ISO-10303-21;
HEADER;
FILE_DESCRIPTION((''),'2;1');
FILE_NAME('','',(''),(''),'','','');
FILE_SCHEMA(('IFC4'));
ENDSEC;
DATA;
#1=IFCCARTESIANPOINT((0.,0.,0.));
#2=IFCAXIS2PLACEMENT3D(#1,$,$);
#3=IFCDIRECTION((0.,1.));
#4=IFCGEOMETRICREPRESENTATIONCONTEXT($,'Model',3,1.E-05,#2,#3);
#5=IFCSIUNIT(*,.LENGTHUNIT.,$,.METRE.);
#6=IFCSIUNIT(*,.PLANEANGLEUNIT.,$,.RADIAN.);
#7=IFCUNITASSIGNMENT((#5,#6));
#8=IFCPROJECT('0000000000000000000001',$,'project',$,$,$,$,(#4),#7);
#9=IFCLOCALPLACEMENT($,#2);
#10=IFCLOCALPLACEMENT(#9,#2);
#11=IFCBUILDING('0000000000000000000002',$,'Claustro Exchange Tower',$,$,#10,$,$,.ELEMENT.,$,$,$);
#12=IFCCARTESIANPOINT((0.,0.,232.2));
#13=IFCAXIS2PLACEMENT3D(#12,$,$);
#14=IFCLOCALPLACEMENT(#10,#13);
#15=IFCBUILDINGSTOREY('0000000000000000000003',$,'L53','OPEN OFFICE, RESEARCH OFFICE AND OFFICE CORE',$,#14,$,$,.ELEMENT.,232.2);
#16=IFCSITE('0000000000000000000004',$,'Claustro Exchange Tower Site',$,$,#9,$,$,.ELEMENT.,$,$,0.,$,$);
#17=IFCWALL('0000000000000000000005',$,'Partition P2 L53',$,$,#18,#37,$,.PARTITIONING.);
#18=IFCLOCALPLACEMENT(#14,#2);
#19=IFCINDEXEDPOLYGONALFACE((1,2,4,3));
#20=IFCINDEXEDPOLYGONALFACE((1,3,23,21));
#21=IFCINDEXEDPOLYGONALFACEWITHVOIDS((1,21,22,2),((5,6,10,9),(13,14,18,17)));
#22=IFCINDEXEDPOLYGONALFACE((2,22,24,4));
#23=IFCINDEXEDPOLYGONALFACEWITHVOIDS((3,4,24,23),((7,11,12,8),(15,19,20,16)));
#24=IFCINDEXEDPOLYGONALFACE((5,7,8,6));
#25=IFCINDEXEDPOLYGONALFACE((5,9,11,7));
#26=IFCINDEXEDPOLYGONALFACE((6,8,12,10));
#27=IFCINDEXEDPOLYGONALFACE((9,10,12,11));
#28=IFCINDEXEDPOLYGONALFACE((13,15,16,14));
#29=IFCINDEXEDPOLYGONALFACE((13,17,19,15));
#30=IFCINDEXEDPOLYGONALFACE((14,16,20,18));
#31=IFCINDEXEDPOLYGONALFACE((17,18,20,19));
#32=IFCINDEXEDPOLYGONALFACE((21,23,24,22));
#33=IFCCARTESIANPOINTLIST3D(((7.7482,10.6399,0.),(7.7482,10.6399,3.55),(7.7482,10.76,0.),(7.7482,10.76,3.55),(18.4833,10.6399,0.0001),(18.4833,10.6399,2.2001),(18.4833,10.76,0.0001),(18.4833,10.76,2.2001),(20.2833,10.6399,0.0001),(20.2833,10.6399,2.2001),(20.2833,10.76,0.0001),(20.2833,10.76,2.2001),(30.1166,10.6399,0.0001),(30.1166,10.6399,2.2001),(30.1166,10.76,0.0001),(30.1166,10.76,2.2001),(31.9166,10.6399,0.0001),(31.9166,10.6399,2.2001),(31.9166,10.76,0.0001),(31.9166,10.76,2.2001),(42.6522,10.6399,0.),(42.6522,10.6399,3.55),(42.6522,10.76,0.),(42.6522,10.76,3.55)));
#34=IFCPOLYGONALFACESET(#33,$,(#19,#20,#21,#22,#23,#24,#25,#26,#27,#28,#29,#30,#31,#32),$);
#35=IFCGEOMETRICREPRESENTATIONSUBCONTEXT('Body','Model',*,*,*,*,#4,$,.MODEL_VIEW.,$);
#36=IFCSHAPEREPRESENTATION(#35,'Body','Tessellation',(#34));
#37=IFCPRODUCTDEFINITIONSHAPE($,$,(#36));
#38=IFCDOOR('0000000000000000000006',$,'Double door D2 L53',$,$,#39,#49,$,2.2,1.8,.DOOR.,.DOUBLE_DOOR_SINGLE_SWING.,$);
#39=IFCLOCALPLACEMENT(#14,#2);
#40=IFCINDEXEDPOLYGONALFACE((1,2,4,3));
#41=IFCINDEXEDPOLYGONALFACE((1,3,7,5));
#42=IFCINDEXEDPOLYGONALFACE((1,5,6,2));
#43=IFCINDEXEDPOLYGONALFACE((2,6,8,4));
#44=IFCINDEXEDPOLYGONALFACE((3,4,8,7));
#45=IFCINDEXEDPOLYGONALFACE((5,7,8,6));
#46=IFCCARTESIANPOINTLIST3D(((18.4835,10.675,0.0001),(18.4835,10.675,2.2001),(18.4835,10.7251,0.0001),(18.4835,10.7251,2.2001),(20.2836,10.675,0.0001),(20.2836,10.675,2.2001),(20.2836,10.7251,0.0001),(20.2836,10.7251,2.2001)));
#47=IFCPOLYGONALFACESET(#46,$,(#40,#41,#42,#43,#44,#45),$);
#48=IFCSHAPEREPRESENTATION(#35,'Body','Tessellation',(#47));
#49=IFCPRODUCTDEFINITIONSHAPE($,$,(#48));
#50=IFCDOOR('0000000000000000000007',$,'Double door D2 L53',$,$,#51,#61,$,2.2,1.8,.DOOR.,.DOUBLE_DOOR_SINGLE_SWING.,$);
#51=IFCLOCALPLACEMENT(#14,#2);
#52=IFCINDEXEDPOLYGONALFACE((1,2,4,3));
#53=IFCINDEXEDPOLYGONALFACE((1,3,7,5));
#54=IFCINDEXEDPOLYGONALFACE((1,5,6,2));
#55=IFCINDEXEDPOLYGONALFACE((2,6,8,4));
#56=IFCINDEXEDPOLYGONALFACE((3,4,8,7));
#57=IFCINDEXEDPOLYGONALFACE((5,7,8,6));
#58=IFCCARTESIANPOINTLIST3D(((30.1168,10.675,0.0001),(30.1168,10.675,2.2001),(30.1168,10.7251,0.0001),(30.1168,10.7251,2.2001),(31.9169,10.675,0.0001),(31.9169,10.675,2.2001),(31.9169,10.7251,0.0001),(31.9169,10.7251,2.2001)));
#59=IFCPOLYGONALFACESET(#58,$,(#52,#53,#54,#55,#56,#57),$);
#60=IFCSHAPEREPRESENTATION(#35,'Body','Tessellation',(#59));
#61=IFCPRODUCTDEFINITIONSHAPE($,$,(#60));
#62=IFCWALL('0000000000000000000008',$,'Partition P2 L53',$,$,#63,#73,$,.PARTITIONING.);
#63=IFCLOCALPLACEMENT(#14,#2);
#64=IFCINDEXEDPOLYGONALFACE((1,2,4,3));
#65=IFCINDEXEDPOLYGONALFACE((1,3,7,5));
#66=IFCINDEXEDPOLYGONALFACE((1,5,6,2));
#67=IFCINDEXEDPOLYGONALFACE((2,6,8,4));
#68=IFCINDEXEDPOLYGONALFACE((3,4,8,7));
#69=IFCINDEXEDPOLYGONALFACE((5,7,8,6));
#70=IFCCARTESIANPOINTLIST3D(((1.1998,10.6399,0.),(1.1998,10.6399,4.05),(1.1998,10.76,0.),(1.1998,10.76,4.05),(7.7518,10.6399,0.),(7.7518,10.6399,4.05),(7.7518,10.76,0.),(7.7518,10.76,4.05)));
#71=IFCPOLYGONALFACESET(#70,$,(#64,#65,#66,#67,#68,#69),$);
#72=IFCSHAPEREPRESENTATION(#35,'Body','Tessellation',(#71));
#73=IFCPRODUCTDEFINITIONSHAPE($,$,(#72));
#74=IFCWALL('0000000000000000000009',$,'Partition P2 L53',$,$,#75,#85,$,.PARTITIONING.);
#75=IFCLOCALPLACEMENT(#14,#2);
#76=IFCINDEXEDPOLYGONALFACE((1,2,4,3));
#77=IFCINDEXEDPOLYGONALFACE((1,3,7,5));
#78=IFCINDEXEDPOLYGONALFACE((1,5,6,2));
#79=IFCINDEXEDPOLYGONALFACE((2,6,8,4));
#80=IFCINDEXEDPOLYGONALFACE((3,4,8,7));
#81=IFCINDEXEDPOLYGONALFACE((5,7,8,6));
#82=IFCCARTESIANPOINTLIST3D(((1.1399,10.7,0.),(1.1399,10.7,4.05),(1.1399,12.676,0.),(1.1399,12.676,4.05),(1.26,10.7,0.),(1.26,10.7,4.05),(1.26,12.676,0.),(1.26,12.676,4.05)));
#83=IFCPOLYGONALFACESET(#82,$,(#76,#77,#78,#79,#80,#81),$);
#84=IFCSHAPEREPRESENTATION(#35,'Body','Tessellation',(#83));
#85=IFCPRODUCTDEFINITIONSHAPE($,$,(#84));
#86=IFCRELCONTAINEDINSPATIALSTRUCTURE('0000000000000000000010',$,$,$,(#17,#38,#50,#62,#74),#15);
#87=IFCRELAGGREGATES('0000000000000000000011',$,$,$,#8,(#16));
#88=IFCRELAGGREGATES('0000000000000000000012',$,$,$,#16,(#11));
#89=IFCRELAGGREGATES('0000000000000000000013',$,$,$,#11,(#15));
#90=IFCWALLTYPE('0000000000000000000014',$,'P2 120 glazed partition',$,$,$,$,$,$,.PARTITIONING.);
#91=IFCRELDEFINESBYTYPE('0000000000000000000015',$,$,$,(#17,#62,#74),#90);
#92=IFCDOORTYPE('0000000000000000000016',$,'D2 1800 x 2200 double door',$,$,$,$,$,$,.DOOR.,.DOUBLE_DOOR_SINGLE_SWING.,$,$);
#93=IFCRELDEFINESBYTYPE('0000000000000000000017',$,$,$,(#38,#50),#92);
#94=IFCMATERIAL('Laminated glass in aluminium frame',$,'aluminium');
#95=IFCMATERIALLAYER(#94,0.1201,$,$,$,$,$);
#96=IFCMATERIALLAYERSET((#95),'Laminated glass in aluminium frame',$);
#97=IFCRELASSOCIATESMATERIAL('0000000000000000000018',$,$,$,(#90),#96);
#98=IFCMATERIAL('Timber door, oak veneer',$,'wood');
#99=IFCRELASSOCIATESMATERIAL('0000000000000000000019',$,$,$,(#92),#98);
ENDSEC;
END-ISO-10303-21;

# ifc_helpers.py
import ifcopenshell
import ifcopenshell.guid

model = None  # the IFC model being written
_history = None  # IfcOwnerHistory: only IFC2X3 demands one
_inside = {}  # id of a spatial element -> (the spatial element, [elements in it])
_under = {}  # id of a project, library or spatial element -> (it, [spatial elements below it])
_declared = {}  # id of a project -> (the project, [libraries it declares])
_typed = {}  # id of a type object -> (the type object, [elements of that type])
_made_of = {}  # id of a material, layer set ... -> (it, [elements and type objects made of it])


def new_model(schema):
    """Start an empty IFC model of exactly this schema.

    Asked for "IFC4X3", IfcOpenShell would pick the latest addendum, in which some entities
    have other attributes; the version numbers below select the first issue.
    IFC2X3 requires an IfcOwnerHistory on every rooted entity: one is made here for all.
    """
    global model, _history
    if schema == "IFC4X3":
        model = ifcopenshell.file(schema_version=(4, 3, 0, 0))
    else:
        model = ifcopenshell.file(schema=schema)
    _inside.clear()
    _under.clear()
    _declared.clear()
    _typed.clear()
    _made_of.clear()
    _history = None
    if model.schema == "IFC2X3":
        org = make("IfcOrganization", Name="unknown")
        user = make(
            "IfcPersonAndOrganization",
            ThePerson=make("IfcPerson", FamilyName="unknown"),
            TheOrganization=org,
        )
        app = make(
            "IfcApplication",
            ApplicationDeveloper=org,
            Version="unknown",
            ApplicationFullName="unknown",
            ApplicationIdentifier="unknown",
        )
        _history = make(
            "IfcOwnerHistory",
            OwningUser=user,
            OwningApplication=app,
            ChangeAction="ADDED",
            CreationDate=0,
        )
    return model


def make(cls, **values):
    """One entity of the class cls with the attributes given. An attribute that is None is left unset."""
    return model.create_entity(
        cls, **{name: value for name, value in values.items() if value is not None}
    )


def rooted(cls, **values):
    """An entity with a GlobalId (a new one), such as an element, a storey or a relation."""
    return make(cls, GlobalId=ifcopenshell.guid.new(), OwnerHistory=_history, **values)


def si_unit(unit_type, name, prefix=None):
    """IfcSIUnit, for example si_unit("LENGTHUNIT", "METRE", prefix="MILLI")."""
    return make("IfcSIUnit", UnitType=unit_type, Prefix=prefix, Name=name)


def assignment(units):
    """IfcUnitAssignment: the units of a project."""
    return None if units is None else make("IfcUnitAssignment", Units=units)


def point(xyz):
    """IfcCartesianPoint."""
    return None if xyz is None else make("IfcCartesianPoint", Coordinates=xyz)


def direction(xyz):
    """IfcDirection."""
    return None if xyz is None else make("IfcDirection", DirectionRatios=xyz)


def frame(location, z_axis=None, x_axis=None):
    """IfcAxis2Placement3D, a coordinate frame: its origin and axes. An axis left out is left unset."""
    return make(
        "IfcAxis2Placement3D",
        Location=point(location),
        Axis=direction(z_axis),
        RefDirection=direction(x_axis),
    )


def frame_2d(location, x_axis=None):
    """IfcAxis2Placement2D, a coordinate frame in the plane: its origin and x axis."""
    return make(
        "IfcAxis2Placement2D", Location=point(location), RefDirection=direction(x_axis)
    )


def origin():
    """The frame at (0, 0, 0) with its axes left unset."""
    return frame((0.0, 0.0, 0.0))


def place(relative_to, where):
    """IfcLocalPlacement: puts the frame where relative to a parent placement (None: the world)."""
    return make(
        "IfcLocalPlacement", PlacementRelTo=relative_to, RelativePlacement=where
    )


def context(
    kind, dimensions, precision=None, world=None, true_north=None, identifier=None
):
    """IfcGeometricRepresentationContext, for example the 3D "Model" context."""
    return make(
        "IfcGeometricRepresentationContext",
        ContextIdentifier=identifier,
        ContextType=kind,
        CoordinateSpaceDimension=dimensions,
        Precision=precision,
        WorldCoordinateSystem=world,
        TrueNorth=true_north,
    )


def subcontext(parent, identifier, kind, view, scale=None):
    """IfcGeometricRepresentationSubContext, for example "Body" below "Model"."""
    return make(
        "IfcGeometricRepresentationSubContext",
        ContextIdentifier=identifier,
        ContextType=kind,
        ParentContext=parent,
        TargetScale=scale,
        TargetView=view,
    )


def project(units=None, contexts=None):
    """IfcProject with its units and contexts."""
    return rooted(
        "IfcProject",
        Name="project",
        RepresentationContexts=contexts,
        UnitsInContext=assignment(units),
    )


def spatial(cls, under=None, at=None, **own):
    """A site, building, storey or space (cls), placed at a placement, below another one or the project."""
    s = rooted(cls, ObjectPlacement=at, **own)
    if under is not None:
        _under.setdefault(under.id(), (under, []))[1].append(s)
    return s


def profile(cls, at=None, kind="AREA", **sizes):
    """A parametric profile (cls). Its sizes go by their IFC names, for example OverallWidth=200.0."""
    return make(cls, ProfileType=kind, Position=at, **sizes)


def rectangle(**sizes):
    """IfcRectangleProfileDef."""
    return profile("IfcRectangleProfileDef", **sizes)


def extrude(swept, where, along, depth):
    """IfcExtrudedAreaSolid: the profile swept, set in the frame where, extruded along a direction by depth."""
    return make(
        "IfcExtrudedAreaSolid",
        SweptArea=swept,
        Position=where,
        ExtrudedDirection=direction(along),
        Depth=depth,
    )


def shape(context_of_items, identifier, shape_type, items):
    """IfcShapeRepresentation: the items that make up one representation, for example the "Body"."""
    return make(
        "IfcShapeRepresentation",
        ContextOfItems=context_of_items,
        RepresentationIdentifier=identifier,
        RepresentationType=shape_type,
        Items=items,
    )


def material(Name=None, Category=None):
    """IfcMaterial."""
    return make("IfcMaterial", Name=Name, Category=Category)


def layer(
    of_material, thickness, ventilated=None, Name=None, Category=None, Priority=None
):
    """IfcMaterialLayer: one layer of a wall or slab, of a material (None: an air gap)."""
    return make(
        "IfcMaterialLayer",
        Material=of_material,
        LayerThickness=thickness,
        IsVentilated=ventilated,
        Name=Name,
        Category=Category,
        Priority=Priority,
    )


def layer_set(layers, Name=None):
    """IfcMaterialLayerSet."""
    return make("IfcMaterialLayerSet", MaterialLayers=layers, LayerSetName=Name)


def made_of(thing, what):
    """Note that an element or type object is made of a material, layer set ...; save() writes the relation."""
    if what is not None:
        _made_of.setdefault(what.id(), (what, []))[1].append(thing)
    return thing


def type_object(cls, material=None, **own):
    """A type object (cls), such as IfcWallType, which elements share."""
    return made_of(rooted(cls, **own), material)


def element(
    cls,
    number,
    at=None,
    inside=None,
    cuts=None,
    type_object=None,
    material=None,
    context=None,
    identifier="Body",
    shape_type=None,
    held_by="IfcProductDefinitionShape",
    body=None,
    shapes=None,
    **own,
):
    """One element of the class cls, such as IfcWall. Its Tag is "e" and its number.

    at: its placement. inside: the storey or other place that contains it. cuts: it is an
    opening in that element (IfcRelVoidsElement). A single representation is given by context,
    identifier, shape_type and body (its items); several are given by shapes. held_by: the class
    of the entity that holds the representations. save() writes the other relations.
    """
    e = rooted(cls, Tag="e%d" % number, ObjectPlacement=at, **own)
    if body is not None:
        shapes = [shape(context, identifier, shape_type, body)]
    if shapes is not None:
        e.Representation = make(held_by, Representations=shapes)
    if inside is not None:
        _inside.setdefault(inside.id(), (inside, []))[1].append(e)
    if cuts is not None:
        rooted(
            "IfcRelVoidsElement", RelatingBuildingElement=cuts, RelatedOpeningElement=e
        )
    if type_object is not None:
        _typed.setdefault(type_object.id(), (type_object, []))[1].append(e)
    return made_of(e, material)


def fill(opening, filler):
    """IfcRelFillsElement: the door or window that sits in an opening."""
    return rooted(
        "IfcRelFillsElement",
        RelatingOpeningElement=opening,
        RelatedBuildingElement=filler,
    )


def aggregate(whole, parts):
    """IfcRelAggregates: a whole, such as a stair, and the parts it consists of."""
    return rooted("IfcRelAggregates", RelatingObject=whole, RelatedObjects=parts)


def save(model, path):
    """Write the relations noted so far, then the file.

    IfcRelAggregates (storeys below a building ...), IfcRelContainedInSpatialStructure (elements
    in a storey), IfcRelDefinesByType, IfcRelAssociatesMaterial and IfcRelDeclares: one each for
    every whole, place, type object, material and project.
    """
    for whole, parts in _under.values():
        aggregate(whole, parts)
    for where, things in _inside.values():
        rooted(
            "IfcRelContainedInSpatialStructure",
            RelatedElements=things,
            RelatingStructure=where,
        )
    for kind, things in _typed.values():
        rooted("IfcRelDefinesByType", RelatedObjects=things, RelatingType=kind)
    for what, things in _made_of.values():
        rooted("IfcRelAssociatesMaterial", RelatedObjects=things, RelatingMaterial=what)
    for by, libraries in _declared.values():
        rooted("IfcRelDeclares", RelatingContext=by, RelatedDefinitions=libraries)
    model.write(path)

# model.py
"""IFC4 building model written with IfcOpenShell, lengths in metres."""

from ifc_helpers import new_model, si_unit, direction, frame, frame_2d, origin, place, context, subcontext, project, spatial, rectangle, extrude, material, layer, layer_set, type_object, element, fill, save


model = new_model("IFC4")

# Units and contexts
model_context = context("Model", 3, precision=1e-05, world=origin(), true_north=direction((0.0, 1.0)))
body_context = subcontext(model_context, "Body", "Model", "MODEL_VIEW")
ifc_project = project(units=[si_unit("LENGTHUNIT", "METRE"), si_unit("PLANEANGLEUNIT", "RADIAN")], contexts=[model_context])

# Site, building, storey
site_placement = place(None, origin())
site = spatial("IfcSite", under=ifc_project, at=site_placement, Name="Claustro Exchange Tower Site", CompositionType="ELEMENT", RefElevation=0.0)
building_placement = place(site_placement, origin())
building = spatial("IfcBuilding", under=site, at=building_placement, Name="Claustro Exchange Tower", CompositionType="ELEMENT")
storey_placement = place(building_placement, frame((0.0, 0.0, 232.2)))
storey = spatial("IfcBuildingStorey", under=building, at=storey_placement, Name="L53", Description="OPEN OFFICE, RESEARCH OFFICE AND OFFICE CORE", CompositionType="ELEMENT", Elevation=232.2)

# Wall, openings, doors
ifc_material_1 = material(Name="Laminated glass in aluminium frame", Category="aluminium")
ifc_layer_1 = layer(ifc_material_1, 0.1201)
ifc_layer_set_1 = layer_set([ifc_layer_1], Name="Laminated glass in aluminium frame")
wall_type_1 = type_object("IfcWallType", Name="P2 120 glazed partition", PredefinedType="PARTITIONING", material=ifc_layer_set_1)
wall_1_placement = place(storey_placement, frame((7.748, 10.7, 0.0), z_axis=(0.0, 0.0, 1.0), x_axis=(1.0, 0.0, 0.0)))
wall_1 = element("IfcWall", 1, at=wall_1_placement, inside=storey, type_object=wall_type_1, Name="Partition P2 L53", PredefinedType="PARTITIONING", context=body_context, shape_type="SweptSolid", body=[
    extrude(rectangle(XDim=34.9041, YDim=0.1201, at=frame_2d((17.4521, 0.0))), origin(), (0.0, 0.0, 1.0), 3.55),
])
opening_1_placement = place(wall_1_placement, frame((10.7354, 0.0, 0.0)))
opening_1 = element("IfcOpeningElement", 2, at=opening_1_placement, cuts=wall_1, PredefinedType="OPENING", context=body_context, shape_type="SweptSolid", body=[
    extrude(rectangle(XDim=1.8, YDim=2.2, at=frame_2d((0.8999, 1.1001))), frame((0.0, 0.0701, 0.0), z_axis=(0.0, -1.0, 0.0), x_axis=(1.0, 0.0, 0.0)), (0.0, 0.0, 1.0), 0.1401),
])
opening_2_placement = place(wall_1_placement, frame((22.3687, 0.0, 0.0)))
opening_2 = element("IfcOpeningElement", 3, at=opening_2_placement, cuts=wall_1, PredefinedType="OPENING", context=body_context, shape_type="SweptSolid", body=[
    extrude(rectangle(XDim=1.8, YDim=2.2, at=frame_2d((0.8999, 1.1001))), frame((0.0, 0.0701, 0.0), z_axis=(0.0, -1.0, 0.0), x_axis=(1.0, 0.0, 0.0)), (0.0, 0.0, 1.0), 0.1401),
])
ifc_material_2 = material(Name="Timber door, oak veneer", Category="wood")
door_type_1 = type_object("IfcDoorType", Name="D2 1800 x 2200 double door", OperationType="DOUBLE_DOOR_SINGLE_SWING", PredefinedType="DOOR", material=ifc_material_2)
door_1_placement = place(opening_1_placement, frame((1.8, 0.0, 0.0), z_axis=(0.0, 0.0, 1.0), x_axis=(-1.0, 0.0, 0.0)))
door_1 = element("IfcDoor", 4, at=door_1_placement, inside=storey, type_object=door_type_1, Name="Double door D2 L53", OperationType="DOUBLE_DOOR_SINGLE_SWING", OverallHeight=2.2, OverallWidth=1.8, PredefinedType="DOOR", context=body_context, shape_type="SweptSolid", body=[
    extrude(rectangle(XDim=1.8, YDim=2.2, at=frame_2d((0.8999, 1.1001))), frame((0.0, 0.0249, 0.0), z_axis=(0.0, -1.0, 0.0), x_axis=(1.0, 0.0, 0.0)), (0.0, 0.0, 1.0), 0.05),
])
fill(opening_1, door_1)
door_2_placement = place(opening_2_placement, frame((1.8, 0.0, 0.0), z_axis=(0.0, 0.0, 1.0), x_axis=(-1.0, 0.0, 0.0)))
door_2 = element("IfcDoor", 5, at=door_2_placement, inside=storey, type_object=door_type_1, Name="Double door D2 L53", OperationType="DOUBLE_DOOR_SINGLE_SWING", OverallHeight=2.2, OverallWidth=1.8, PredefinedType="DOOR", context=body_context, shape_type="SweptSolid", body=[
    extrude(rectangle(XDim=1.8, YDim=2.2, at=frame_2d((0.8999, 1.1001))), frame((0.0, 0.0249, 0.0), z_axis=(0.0, -1.0, 0.0), x_axis=(1.0, 0.0, 0.0)), (0.0, 0.0, 1.0), 0.05),
])
fill(opening_2, door_2)

# Walls
wall_2_placement = place(storey_placement, frame((1.2, 10.7, 0.0), z_axis=(0.0, 0.0, 1.0), x_axis=(1.0, 0.0, 0.0)))
element("IfcWall", 6, at=wall_2_placement, inside=storey, type_object=wall_type_1, Name="Partition P2 L53", PredefinedType="PARTITIONING", context=body_context, shape_type="SweptSolid", body=[
    extrude(rectangle(XDim=6.552, YDim=0.1201, at=frame_2d((3.2759, 0.0))), origin(), (0.0, 0.0, 1.0), 4.05),
])
wall_3_placement = place(storey_placement, frame((1.2, 10.7, 0.0), z_axis=(0.0, 0.0, 1.0), x_axis=(0.0, 1.0, 0.0)))
element("IfcWall", 7, at=wall_3_placement, inside=storey, type_object=wall_type_1, Name="Partition P2 L53", PredefinedType="PARTITIONING", context=body_context, shape_type="SweptSolid", body=[
    extrude(rectangle(XDim=1.9761, YDim=0.1201, at=frame_2d((0.988, 0.0))), origin(), (0.0, 0.0, 1.0), 4.05),
])

save(model, "model.ifc")
